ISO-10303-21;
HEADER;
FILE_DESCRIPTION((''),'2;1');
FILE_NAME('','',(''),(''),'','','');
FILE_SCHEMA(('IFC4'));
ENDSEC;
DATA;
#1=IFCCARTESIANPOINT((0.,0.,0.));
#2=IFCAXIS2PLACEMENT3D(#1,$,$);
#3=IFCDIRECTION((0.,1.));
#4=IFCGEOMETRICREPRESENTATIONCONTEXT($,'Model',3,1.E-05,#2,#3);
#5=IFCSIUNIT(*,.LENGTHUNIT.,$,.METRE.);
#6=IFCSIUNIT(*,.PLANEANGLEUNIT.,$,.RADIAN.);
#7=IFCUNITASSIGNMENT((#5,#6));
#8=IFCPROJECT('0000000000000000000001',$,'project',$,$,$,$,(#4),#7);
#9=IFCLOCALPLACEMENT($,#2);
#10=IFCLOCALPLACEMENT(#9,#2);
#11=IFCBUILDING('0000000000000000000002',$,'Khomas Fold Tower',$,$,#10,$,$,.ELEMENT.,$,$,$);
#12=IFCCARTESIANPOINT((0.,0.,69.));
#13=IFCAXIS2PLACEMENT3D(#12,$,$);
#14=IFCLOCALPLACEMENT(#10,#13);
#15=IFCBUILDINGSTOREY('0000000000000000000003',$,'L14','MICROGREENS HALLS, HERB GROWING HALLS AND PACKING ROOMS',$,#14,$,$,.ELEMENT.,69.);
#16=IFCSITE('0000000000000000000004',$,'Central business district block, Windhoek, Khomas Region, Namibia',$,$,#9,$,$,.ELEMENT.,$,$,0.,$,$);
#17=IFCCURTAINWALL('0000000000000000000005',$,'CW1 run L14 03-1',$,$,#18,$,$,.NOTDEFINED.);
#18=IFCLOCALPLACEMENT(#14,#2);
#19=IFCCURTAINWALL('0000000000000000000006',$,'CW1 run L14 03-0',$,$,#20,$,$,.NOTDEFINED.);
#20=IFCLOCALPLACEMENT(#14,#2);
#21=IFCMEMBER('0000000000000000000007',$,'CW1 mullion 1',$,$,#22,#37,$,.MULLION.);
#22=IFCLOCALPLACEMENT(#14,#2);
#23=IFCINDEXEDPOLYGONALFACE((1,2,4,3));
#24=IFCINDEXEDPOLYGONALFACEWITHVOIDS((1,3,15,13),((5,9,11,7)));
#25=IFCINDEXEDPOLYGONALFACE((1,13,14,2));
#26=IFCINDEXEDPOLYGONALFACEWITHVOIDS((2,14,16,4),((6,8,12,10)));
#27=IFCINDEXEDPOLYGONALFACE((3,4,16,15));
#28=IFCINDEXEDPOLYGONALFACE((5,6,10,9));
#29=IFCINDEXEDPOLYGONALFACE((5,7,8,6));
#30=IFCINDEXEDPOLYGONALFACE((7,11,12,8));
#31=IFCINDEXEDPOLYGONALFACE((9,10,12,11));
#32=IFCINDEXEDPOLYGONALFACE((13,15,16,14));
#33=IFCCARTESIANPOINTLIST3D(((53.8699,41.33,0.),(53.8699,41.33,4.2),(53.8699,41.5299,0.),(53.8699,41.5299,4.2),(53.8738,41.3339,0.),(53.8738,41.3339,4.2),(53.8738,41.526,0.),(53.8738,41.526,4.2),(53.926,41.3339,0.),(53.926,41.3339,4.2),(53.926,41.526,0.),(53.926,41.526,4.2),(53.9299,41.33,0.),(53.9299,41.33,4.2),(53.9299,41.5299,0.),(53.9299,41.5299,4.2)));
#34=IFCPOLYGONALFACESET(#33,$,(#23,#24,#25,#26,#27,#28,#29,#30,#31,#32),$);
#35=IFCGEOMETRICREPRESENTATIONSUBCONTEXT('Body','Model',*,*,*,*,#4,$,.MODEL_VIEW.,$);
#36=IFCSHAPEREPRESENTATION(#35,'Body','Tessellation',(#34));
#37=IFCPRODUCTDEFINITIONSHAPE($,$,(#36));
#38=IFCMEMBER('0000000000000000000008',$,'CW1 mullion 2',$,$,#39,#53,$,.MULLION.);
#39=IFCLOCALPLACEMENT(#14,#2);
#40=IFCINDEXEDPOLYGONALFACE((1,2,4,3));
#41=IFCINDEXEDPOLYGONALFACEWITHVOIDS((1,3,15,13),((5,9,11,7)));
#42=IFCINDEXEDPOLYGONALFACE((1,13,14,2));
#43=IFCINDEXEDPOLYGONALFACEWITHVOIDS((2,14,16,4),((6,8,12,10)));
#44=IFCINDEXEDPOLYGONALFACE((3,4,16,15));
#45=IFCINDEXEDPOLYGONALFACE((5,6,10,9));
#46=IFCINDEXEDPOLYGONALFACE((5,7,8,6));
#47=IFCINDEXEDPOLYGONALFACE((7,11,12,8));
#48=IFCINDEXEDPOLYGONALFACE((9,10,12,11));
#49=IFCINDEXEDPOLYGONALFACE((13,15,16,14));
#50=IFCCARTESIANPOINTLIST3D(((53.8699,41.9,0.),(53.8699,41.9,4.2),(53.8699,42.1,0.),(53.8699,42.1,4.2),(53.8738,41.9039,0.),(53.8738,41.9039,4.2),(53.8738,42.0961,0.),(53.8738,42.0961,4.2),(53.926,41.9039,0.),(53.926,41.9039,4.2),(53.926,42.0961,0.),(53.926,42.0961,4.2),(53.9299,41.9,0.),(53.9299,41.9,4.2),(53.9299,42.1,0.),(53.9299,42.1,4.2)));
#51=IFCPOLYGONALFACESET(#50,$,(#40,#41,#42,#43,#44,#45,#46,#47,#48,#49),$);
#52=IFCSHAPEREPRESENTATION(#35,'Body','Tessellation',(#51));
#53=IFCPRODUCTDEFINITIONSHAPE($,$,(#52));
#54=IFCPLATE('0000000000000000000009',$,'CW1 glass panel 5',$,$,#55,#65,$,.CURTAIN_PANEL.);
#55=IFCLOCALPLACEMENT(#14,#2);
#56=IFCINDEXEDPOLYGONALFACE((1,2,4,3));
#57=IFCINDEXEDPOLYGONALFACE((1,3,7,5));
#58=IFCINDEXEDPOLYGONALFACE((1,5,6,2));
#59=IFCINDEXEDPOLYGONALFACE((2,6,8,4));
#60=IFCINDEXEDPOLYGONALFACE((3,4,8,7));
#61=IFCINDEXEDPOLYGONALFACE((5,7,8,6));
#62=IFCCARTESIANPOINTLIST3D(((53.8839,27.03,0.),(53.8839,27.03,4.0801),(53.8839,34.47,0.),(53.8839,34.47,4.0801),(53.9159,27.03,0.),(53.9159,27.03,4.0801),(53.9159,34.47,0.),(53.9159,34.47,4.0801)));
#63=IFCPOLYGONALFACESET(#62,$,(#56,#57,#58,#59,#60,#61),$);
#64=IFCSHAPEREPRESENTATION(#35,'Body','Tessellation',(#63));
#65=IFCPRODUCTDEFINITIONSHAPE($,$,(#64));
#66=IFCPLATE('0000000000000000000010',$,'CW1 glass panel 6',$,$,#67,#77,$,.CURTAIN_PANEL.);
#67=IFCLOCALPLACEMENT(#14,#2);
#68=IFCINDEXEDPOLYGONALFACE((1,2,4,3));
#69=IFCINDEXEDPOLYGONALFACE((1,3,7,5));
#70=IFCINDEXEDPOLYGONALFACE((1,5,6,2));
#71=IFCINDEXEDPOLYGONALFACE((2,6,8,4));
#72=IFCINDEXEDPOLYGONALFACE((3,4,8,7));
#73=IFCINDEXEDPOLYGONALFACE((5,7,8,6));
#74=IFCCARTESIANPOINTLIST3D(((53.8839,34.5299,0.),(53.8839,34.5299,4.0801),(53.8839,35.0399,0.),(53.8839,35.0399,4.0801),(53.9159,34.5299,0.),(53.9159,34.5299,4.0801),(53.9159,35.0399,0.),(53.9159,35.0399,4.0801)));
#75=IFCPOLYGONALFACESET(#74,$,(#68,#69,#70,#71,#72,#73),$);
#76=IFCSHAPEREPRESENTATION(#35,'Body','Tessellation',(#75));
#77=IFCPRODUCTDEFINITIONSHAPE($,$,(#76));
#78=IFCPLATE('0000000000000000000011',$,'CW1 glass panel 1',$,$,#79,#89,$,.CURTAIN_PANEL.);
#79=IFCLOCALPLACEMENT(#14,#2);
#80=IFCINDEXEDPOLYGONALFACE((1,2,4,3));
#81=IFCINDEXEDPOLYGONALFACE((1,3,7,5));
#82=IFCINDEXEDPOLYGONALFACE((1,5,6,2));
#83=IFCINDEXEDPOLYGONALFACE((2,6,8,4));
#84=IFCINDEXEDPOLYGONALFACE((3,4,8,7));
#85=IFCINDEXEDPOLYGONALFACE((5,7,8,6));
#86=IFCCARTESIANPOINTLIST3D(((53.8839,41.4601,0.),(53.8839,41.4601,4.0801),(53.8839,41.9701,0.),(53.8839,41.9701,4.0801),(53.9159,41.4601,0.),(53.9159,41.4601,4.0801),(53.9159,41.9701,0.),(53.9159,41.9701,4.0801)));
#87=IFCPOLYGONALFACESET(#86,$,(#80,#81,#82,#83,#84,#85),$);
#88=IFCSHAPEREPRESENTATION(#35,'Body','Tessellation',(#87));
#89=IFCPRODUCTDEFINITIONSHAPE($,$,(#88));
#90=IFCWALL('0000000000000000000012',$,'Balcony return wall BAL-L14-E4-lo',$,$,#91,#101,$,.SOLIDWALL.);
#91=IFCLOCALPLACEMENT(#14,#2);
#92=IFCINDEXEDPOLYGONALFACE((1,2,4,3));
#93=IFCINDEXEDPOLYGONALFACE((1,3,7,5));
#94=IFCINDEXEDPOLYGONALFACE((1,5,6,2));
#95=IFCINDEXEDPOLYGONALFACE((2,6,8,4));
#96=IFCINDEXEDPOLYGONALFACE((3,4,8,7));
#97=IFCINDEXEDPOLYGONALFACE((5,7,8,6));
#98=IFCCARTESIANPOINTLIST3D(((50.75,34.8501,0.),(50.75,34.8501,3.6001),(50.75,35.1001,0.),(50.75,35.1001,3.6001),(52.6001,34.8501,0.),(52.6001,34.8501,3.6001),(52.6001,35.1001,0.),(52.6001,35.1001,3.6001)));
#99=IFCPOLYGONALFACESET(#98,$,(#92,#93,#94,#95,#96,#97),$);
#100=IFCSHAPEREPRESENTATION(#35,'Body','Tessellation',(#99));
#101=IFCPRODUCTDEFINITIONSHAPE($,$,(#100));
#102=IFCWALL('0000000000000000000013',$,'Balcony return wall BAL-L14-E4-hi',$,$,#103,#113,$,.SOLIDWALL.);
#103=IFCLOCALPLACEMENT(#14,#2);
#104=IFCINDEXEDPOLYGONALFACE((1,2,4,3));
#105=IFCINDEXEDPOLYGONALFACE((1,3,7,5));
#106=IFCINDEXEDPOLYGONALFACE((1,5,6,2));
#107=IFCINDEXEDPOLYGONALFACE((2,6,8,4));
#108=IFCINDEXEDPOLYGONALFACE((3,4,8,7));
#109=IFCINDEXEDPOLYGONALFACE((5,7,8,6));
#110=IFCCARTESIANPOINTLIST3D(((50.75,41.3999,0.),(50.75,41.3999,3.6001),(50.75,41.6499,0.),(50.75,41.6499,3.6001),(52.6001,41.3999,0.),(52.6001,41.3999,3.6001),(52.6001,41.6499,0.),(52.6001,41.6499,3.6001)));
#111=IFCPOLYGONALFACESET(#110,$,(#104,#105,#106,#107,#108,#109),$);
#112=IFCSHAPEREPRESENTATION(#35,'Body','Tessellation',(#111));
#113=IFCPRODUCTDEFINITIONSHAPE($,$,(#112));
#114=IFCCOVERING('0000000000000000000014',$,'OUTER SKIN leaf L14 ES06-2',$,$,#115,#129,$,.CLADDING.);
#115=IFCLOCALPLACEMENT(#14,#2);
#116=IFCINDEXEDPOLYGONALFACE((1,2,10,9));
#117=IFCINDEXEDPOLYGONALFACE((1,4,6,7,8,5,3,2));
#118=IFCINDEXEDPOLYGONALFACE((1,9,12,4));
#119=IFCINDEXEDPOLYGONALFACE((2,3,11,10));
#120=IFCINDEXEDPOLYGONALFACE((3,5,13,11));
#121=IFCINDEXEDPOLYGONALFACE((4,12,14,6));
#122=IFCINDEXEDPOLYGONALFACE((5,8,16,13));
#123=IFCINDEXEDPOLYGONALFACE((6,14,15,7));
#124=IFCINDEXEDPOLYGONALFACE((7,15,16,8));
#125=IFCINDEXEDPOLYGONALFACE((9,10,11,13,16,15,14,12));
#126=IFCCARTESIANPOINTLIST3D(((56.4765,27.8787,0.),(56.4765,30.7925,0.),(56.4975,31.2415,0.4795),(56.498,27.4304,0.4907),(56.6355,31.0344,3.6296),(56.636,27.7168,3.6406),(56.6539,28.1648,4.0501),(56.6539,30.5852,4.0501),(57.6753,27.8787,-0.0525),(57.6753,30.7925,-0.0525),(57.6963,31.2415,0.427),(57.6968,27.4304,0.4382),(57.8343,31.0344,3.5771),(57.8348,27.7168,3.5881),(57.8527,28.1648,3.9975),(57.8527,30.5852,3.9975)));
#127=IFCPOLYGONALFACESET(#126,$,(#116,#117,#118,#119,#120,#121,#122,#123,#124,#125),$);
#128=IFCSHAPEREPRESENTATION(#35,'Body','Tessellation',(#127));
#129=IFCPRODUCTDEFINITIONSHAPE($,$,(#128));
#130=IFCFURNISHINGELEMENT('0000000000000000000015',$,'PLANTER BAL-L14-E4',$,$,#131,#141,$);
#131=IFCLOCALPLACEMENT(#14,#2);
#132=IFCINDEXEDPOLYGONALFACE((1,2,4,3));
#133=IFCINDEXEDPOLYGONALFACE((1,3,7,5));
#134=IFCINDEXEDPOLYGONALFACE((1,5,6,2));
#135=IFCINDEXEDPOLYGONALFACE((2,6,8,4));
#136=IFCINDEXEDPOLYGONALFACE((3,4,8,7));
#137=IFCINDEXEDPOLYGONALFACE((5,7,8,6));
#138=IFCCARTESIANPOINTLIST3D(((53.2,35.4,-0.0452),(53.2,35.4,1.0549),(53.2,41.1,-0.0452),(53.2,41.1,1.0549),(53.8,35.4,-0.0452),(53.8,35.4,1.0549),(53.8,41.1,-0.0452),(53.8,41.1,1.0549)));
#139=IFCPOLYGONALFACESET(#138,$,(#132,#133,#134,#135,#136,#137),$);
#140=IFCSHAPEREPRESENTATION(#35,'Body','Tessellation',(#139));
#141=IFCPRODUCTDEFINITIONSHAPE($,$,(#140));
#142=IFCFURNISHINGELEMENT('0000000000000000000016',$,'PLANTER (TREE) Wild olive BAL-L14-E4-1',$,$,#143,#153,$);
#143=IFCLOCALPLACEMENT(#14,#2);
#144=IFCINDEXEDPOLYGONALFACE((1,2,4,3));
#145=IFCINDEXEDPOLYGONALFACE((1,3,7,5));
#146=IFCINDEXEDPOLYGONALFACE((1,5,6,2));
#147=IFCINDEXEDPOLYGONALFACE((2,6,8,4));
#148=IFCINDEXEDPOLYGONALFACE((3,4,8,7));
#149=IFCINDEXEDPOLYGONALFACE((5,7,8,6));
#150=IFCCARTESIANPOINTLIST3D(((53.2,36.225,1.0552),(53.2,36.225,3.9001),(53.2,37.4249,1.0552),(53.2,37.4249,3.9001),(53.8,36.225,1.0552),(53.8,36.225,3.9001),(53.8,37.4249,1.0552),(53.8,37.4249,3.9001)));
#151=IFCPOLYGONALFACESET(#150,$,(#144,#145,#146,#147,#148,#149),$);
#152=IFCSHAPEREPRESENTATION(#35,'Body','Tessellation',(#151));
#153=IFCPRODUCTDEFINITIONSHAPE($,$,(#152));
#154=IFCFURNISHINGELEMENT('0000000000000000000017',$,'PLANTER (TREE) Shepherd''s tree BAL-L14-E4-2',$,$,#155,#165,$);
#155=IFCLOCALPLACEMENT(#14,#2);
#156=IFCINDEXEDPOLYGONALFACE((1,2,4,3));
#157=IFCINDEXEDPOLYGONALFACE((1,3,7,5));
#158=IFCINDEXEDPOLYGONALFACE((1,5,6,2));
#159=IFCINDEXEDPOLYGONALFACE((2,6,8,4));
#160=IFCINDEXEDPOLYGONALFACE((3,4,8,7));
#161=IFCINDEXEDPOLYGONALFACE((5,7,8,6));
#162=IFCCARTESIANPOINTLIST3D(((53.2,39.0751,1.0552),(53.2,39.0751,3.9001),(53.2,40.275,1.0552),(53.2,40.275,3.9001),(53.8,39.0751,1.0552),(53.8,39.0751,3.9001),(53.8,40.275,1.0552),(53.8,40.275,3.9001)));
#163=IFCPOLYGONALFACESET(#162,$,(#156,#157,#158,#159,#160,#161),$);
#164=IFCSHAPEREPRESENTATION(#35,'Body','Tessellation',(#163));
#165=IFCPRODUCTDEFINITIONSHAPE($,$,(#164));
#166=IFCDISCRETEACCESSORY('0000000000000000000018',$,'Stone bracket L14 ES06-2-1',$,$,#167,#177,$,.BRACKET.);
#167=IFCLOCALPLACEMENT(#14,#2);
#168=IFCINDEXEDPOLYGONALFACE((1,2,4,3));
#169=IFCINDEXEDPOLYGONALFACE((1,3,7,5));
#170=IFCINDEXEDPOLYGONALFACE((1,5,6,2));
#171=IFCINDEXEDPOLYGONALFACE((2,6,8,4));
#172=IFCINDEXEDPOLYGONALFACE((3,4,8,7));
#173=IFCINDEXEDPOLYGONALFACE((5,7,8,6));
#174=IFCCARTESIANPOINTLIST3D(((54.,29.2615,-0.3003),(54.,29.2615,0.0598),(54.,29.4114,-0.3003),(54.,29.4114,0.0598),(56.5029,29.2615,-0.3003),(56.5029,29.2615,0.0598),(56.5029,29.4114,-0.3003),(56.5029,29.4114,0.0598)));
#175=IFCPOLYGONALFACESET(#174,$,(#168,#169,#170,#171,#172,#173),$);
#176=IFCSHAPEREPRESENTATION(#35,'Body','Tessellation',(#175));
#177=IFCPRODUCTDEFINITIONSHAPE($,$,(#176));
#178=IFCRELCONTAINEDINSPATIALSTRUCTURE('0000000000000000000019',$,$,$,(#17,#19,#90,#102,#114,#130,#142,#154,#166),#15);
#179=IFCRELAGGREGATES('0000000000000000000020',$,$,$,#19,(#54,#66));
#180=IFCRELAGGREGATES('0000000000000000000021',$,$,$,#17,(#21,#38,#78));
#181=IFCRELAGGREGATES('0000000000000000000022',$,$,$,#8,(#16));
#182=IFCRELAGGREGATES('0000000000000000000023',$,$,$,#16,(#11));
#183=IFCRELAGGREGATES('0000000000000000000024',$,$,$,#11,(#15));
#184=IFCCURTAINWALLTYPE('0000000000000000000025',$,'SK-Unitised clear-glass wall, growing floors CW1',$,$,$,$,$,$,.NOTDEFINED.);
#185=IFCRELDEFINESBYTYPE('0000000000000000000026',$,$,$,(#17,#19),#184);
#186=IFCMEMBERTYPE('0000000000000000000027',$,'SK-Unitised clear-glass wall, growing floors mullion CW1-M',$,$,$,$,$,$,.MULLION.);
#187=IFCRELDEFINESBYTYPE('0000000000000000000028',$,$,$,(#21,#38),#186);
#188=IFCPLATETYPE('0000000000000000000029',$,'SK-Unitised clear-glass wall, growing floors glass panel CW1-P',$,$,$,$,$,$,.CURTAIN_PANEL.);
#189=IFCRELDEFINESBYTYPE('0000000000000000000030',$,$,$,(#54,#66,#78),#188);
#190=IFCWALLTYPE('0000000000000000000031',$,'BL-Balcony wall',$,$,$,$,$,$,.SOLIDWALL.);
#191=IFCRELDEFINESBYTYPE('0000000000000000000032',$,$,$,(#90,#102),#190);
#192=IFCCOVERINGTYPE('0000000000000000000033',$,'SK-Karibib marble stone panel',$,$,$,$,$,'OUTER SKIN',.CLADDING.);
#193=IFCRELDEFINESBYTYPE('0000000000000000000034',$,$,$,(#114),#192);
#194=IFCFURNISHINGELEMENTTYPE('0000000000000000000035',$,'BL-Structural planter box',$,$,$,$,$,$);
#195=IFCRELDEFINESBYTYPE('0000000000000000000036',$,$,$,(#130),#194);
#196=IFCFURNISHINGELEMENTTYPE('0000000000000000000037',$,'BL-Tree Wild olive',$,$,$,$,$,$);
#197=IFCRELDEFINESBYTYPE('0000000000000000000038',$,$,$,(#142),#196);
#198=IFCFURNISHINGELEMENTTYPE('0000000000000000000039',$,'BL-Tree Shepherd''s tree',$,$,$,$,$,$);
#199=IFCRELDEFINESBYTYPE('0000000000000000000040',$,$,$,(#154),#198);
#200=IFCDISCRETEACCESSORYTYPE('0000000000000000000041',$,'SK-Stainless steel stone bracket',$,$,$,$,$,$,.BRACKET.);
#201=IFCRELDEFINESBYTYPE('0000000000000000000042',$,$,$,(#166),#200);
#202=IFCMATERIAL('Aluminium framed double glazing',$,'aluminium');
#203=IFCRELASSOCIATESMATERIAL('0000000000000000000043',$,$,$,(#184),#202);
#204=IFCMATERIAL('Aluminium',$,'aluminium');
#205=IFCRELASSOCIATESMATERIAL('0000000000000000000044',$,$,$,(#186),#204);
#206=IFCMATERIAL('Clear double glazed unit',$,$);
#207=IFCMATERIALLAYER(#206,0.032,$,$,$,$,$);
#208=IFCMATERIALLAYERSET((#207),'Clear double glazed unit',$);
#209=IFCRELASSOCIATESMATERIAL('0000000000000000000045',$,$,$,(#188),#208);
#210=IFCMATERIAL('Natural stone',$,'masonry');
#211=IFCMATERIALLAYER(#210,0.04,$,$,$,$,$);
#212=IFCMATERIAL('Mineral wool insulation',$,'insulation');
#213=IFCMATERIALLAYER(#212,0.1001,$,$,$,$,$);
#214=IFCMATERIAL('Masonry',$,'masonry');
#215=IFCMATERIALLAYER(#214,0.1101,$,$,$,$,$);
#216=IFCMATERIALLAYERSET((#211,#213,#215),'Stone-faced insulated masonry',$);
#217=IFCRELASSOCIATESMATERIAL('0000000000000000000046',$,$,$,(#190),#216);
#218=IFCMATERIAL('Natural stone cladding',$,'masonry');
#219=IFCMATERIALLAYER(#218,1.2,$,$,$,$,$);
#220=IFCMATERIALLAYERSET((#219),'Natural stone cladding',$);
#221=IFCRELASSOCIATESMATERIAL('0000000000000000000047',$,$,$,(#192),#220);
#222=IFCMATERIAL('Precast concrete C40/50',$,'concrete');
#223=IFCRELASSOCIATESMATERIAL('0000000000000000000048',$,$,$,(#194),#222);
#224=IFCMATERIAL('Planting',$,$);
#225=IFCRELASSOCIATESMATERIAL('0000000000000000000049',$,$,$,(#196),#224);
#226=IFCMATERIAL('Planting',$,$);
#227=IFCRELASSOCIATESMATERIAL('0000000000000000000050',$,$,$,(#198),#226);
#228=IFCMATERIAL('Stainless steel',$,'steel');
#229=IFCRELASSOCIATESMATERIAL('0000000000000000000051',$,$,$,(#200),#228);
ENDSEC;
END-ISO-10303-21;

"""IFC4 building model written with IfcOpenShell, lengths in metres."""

from ifc_helpers import new_model, si_unit, direction, frame, frame_2d, origin, origin_2d, place, context, subcontext, project, spatial, polyline, rectangle, hollow_rectangle, outline, extrude, source, transform, mapped, material, layer, layer_set, material_profile, profile_set, type_object, element, aggregate, save


model = new_model("IFC4")

# Units and contexts
model_context = context("Model", 3, precision=1e-05, world=origin(), true_north=direction((0.0, 1.0)))
body_context = subcontext(model_context, "Body", "Model", "MODEL_VIEW")
ifc_project = project(units=[si_unit("LENGTHUNIT", "METRE"), si_unit("PLANEANGLEUNIT", "RADIAN")], contexts=[model_context])

# Site, building, storey
site_placement = place(None, origin())
site = spatial("IfcSite", under=ifc_project, at=site_placement, Name="Central business district block, Windhoek, Khomas Region, Namibia", CompositionType="ELEMENT", RefElevation=0.0)
building_placement = place(site_placement, origin())
building = spatial("IfcBuilding", under=site, at=building_placement, Name="Khomas Fold Tower", CompositionType="ELEMENT")
storey_placement = place(building_placement, frame((0.0, 0.0, 69.0)))
storey = spatial("IfcBuildingStorey", under=building, at=storey_placement, Name="L14", Description="MICROGREENS HALLS, HERB GROWING HALLS AND PACKING ROOMS", CompositionType="ELEMENT", Elevation=69.0)

# Curtain walls
ifc_material_1 = material(Name="Aluminium framed double glazing", Category="aluminium")
curtain_wall_type = type_object("IfcCurtainWallType", Name="SK-Unitised clear-glass wall, growing floors CW1", PredefinedType="NOTDEFINED", material=ifc_material_1)
curtain_wall_1_placement = place(storey_placement, origin())
curtain_wall_1 = element("IfcCurtainWall", 1, at=curtain_wall_1_placement, inside=storey, type_object=curtain_wall_type, Name="CW1 run L14 03-1", PredefinedType="NOTDEFINED")
curtain_wall_2_placement = place(storey_placement, origin())
curtain_wall_2 = element("IfcCurtainWall", 2, at=curtain_wall_2_placement, inside=storey, type_object=curtain_wall_type, Name="CW1 run L14 03-0", PredefinedType="NOTDEFINED")

# Members
ifc_material_2 = material(Name="Aluminium", Category="aluminium")
ifc_material_profile_1 = material_profile(ifc_material_2, hollow_rectangle(XDim=0.0601, YDim=0.2, WallThickness=0.0039, at=origin_2d()), Name="SK-Unitised clear-glass wall, growing floors mullion CW1-M")
ifc_profile_set_1 = profile_set([ifc_material_profile_1], Name="Aluminium")
member_type_1 = type_object("IfcMemberType", Name="SK-Unitised clear-glass wall, growing floors mullion CW1-M", PredefinedType="MULLION", material=ifc_profile_set_1)
shared_shape_1 = source(origin(), body_context, "Body", "SweptSolid", [
    extrude(hollow_rectangle(XDim=0.0601, YDim=0.2, WallThickness=0.0039, at=origin_2d()), origin(), (0.0, 0.0, 1.0), 4.2),
])
member_1_placement = place(storey_placement, frame((53.8999, 41.4299, 0.0), z_axis=(0.0, 0.0, 1.0), x_axis=(-1.0, 0.0, 0.0)))
member_1 = element("IfcMember", 3, at=member_1_placement, type_object=member_type_1, Name="CW1 mullion 1", PredefinedType="MULLION", context=body_context, shape_type="MappedRepresentation", body=[
    mapped(shared_shape_1, transform((0.0, 0.0, 0.0))),
])
member_2_placement = place(storey_placement, frame((53.8999, 42.0, 0.0), z_axis=(0.0, 0.0, 1.0), x_axis=(-1.0, 0.0, 0.0)))
member_2 = element("IfcMember", 4, at=member_2_placement, type_object=member_type_1, Name="CW1 mullion 2", PredefinedType="MULLION", context=body_context, shape_type="MappedRepresentation", body=[
    mapped(shared_shape_1, transform((0.0, 0.0, 0.0))),
])

# Plates
ifc_material_3 = material(Name="Clear double glazed unit")
ifc_layer_1 = layer(ifc_material_3, 0.032)
ifc_layer_set_1 = layer_set([ifc_layer_1], Name="Clear double glazed unit")
plate_type = type_object("IfcPlateType", Name="SK-Unitised clear-glass wall, growing floors glass panel CW1-P", PredefinedType="CURTAIN_PANEL", material=ifc_layer_set_1)
shared_shape_2 = source(origin(), body_context, "Body", "SweptSolid", [
    extrude(rectangle(XDim=7.4399, YDim=0.032, at=origin_2d()), origin(), (0.0, 0.0, 1.0), 4.0801),
])
plate_1_placement = place(storey_placement, frame((53.8999, 30.75, 0.0), z_axis=(0.0, 0.0, 1.0), x_axis=(0.0, 1.0, 0.0)))
plate_1 = element("IfcPlate", 5, at=plate_1_placement, type_object=plate_type, Name="CW1 glass panel 5", PredefinedType="CURTAIN_PANEL", context=body_context, shape_type="MappedRepresentation", body=[
    mapped(shared_shape_2, transform((0.0, 0.0, 0.0))),
])
shared_shape_3 = source(origin(), body_context, "Body", "SweptSolid", [
    extrude(rectangle(XDim=0.51, YDim=0.032, at=origin_2d()), origin(), (0.0, 0.0, 1.0), 4.0801),
])
plate_2_placement = place(storey_placement, frame((53.8999, 34.7849, 0.0), z_axis=(0.0, 0.0, 1.0), x_axis=(0.0, 1.0, 0.0)))
plate_2 = element("IfcPlate", 6, at=plate_2_placement, type_object=plate_type, Name="CW1 glass panel 6", PredefinedType="CURTAIN_PANEL", context=body_context, shape_type="MappedRepresentation", body=[
    mapped(shared_shape_3, transform((0.0, 0.0, 0.0))),
])
aggregate(curtain_wall_2, [plate_1, plate_2])
plate_3_placement = place(storey_placement, frame((53.8999, 41.7151, 0.0), z_axis=(0.0, 0.0, 1.0), x_axis=(0.0, 1.0, 0.0)))
plate_3 = element("IfcPlate", 7, at=plate_3_placement, type_object=plate_type, Name="CW1 glass panel 1", PredefinedType="CURTAIN_PANEL", context=body_context, shape_type="MappedRepresentation", body=[
    mapped(shared_shape_3, transform((0.0, 0.0, 0.0))),
])
aggregate(curtain_wall_1, [member_1, member_2, plate_3])

# Shared definitions
ifc_material_4 = material(Name="Natural stone", Category="masonry")
ifc_layer_2 = layer(ifc_material_4, 0.04)
ifc_material_5 = material(Name="Mineral wool insulation", Category="insulation")
ifc_layer_3 = layer(ifc_material_5, 0.1001)
ifc_material_6 = material(Name="Masonry", Category="masonry")
ifc_layer_4 = layer(ifc_material_6, 0.1101)
ifc_layer_set_2 = layer_set([ifc_layer_2, ifc_layer_3, ifc_layer_4], Name="Stone-faced insulated masonry")
wall_type = type_object("IfcWallType", Name="BL-Balcony wall", PredefinedType="SOLIDWALL", material=ifc_layer_set_2)

# Walls
shared_shape_4 = source(origin(), body_context, "Body", "SweptSolid", [
    extrude(rectangle(XDim=1.8501, YDim=0.25, at=frame_2d((0.925, 0.0))), origin(), (0.0, 0.0, 1.0), 3.6001),
])
for number, where, z_axis, x_axis, name in (
    (8, (52.6001, 34.9751, 0.0), (0.0, 0.0, 1.0), (-1.0, 0.0, 0.0), "Balcony return wall BAL-L14-E4-lo"),
    (9, (52.6001, 41.5249, 0.0), (0.0, 0.0, 1.0), (-1.0, 0.0, 0.0), "Balcony return wall BAL-L14-E4-hi"),
):
    element("IfcWall", number, at=place(storey_placement, frame(where, z_axis=z_axis, x_axis=x_axis)), inside=storey, type_object=wall_type, Name=name, PredefinedType="SOLIDWALL", context=body_context, shape_type="MappedRepresentation", body=[
        mapped(shared_shape_4, transform((0.0, 0.0, 0.0))),
    ])

# Covering
ifc_material_7 = material(Name="Natural stone cladding", Category="masonry")
ifc_layer_5 = layer(ifc_material_7, 1.2)
ifc_layer_set_3 = layer_set([ifc_layer_5], Name="Natural stone cladding")
covering_type = type_object("IfcCoveringType", Name="SK-Karibib marble stone panel", ElementType="OUTER SKIN", PredefinedType="CLADDING", material=ifc_layer_set_3)
covering_placement = place(storey_placement, frame((56.6355, 31.0344, 3.6296), z_axis=(-0.999041, 0.0, 0.043776), x_axis=(-0.043682, 0.065517, -0.996895)))
element("IfcCovering", 10, at=covering_placement, inside=storey, type_object=covering_type, Name="OUTER SKIN leaf L14 ES06-2", PredefinedType="CLADDING", context=body_context, shape_type="SweptSolid", body=[
    extrude(outline(polyline([(0.0, 0.0), (3.16, 0.0), (3.6095, 0.4795), (3.4186, 3.387), (2.899, 3.8021), (-0.2283, 3.3098), (-0.6079, 2.8359), (-0.4493, 0.4207), (0.0, 0.0)])), origin(), (0.0, 0.0, -1.0), 1.2),
])

# Furnishing elements
ifc_material_8 = material(Name="Precast concrete C40/50", Category="concrete")
furnishing_element_type_1 = type_object("IfcFurnishingElementType", Name="BL-Structural planter box", material=ifc_material_8)
shared_shape_5 = source(origin(), body_context, "Body", "SweptSolid", [
    extrude(rectangle(XDim=5.7, YDim=0.6001, at=origin_2d()), origin(), (0.0, 0.0, 1.0), 1.1001),
])
furnishing_1_placement = place(storey_placement, frame((53.5, 38.25, -0.0452), z_axis=(0.0, 0.0, 1.0), x_axis=(0.0, 1.0, 0.0)))
element("IfcFurnishingElement", 11, at=furnishing_1_placement, inside=storey, type_object=furnishing_element_type_1, Name="PLANTER BAL-L14-E4", context=body_context, shape_type="MappedRepresentation", body=[
    mapped(shared_shape_5, transform((0.0, 0.0, 0.0))),
])
ifc_material_9 = material(Name="Planting")
furnishing_element_type_2 = type_object("IfcFurnishingElementType", Name="BL-Tree Wild olive", material=ifc_material_9)
shared_shape_6 = source(origin(), body_context, "Body", "SweptSolid", [
    extrude(rectangle(XDim=1.2, YDim=0.6001, at=origin_2d()), origin(), (0.0, 0.0, 1.0), 2.845),
])
furnishing_2_placement = place(storey_placement, frame((53.5, 36.825, 1.0552), z_axis=(0.0, 0.0, 1.0), x_axis=(0.0, 1.0, 0.0)))
element("IfcFurnishingElement", 12, at=furnishing_2_placement, inside=storey, type_object=furnishing_element_type_2, Name="PLANTER (TREE) Wild olive BAL-L14-E4-1", context=body_context, shape_type="MappedRepresentation", body=[
    mapped(shared_shape_6, transform((0.0, 0.0, 0.0))),
])
ifc_material_10 = material(Name="Planting")
furnishing_element_type_3 = type_object("IfcFurnishingElementType", Name="BL-Tree Shepherd's tree", material=ifc_material_10)
furnishing_3_placement = place(storey_placement, frame((53.5, 39.675, 1.0552), z_axis=(0.0, 0.0, 1.0), x_axis=(0.0, 1.0, 0.0)))
element("IfcFurnishingElement", 13, at=furnishing_3_placement, inside=storey, type_object=furnishing_element_type_3, Name="PLANTER (TREE) Shepherd's tree BAL-L14-E4-2", context=body_context, shape_type="MappedRepresentation", body=[
    mapped(shared_shape_6, transform((0.0, 0.0, 0.0))),
])

# Discrete accessory
ifc_material_11 = material(Name="Stainless steel", Category="steel")
discrete_accessory_type = type_object("IfcDiscreteAccessoryType", Name="SK-Stainless steel stone bracket", PredefinedType="BRACKET", material=ifc_material_11)
shared_shape_7 = source(origin(), body_context, "Body", "SweptSolid", [
    extrude(rectangle(XDim=2.5029, YDim=0.1499, at=origin_2d()), origin(), (0.0, 0.0, 1.0), 0.3601),
])
discrete_accessory_placement = place(storey_placement, frame((55.2515, 29.3364, -0.3003), z_axis=(0.0, 0.0, 1.0), x_axis=(1.0, 0.0, 0.0)))
element("IfcDiscreteAccessory", 14, at=discrete_accessory_placement, inside=storey, type_object=discrete_accessory_type, Name="Stone bracket L14 ES06-2-1", PredefinedType="BRACKET", context=body_context, shape_type="MappedRepresentation", body=[
    mapped(shared_shape_7, transform((0.0, 0.0, 0.0))),
])

save(model, "model.ifc")
